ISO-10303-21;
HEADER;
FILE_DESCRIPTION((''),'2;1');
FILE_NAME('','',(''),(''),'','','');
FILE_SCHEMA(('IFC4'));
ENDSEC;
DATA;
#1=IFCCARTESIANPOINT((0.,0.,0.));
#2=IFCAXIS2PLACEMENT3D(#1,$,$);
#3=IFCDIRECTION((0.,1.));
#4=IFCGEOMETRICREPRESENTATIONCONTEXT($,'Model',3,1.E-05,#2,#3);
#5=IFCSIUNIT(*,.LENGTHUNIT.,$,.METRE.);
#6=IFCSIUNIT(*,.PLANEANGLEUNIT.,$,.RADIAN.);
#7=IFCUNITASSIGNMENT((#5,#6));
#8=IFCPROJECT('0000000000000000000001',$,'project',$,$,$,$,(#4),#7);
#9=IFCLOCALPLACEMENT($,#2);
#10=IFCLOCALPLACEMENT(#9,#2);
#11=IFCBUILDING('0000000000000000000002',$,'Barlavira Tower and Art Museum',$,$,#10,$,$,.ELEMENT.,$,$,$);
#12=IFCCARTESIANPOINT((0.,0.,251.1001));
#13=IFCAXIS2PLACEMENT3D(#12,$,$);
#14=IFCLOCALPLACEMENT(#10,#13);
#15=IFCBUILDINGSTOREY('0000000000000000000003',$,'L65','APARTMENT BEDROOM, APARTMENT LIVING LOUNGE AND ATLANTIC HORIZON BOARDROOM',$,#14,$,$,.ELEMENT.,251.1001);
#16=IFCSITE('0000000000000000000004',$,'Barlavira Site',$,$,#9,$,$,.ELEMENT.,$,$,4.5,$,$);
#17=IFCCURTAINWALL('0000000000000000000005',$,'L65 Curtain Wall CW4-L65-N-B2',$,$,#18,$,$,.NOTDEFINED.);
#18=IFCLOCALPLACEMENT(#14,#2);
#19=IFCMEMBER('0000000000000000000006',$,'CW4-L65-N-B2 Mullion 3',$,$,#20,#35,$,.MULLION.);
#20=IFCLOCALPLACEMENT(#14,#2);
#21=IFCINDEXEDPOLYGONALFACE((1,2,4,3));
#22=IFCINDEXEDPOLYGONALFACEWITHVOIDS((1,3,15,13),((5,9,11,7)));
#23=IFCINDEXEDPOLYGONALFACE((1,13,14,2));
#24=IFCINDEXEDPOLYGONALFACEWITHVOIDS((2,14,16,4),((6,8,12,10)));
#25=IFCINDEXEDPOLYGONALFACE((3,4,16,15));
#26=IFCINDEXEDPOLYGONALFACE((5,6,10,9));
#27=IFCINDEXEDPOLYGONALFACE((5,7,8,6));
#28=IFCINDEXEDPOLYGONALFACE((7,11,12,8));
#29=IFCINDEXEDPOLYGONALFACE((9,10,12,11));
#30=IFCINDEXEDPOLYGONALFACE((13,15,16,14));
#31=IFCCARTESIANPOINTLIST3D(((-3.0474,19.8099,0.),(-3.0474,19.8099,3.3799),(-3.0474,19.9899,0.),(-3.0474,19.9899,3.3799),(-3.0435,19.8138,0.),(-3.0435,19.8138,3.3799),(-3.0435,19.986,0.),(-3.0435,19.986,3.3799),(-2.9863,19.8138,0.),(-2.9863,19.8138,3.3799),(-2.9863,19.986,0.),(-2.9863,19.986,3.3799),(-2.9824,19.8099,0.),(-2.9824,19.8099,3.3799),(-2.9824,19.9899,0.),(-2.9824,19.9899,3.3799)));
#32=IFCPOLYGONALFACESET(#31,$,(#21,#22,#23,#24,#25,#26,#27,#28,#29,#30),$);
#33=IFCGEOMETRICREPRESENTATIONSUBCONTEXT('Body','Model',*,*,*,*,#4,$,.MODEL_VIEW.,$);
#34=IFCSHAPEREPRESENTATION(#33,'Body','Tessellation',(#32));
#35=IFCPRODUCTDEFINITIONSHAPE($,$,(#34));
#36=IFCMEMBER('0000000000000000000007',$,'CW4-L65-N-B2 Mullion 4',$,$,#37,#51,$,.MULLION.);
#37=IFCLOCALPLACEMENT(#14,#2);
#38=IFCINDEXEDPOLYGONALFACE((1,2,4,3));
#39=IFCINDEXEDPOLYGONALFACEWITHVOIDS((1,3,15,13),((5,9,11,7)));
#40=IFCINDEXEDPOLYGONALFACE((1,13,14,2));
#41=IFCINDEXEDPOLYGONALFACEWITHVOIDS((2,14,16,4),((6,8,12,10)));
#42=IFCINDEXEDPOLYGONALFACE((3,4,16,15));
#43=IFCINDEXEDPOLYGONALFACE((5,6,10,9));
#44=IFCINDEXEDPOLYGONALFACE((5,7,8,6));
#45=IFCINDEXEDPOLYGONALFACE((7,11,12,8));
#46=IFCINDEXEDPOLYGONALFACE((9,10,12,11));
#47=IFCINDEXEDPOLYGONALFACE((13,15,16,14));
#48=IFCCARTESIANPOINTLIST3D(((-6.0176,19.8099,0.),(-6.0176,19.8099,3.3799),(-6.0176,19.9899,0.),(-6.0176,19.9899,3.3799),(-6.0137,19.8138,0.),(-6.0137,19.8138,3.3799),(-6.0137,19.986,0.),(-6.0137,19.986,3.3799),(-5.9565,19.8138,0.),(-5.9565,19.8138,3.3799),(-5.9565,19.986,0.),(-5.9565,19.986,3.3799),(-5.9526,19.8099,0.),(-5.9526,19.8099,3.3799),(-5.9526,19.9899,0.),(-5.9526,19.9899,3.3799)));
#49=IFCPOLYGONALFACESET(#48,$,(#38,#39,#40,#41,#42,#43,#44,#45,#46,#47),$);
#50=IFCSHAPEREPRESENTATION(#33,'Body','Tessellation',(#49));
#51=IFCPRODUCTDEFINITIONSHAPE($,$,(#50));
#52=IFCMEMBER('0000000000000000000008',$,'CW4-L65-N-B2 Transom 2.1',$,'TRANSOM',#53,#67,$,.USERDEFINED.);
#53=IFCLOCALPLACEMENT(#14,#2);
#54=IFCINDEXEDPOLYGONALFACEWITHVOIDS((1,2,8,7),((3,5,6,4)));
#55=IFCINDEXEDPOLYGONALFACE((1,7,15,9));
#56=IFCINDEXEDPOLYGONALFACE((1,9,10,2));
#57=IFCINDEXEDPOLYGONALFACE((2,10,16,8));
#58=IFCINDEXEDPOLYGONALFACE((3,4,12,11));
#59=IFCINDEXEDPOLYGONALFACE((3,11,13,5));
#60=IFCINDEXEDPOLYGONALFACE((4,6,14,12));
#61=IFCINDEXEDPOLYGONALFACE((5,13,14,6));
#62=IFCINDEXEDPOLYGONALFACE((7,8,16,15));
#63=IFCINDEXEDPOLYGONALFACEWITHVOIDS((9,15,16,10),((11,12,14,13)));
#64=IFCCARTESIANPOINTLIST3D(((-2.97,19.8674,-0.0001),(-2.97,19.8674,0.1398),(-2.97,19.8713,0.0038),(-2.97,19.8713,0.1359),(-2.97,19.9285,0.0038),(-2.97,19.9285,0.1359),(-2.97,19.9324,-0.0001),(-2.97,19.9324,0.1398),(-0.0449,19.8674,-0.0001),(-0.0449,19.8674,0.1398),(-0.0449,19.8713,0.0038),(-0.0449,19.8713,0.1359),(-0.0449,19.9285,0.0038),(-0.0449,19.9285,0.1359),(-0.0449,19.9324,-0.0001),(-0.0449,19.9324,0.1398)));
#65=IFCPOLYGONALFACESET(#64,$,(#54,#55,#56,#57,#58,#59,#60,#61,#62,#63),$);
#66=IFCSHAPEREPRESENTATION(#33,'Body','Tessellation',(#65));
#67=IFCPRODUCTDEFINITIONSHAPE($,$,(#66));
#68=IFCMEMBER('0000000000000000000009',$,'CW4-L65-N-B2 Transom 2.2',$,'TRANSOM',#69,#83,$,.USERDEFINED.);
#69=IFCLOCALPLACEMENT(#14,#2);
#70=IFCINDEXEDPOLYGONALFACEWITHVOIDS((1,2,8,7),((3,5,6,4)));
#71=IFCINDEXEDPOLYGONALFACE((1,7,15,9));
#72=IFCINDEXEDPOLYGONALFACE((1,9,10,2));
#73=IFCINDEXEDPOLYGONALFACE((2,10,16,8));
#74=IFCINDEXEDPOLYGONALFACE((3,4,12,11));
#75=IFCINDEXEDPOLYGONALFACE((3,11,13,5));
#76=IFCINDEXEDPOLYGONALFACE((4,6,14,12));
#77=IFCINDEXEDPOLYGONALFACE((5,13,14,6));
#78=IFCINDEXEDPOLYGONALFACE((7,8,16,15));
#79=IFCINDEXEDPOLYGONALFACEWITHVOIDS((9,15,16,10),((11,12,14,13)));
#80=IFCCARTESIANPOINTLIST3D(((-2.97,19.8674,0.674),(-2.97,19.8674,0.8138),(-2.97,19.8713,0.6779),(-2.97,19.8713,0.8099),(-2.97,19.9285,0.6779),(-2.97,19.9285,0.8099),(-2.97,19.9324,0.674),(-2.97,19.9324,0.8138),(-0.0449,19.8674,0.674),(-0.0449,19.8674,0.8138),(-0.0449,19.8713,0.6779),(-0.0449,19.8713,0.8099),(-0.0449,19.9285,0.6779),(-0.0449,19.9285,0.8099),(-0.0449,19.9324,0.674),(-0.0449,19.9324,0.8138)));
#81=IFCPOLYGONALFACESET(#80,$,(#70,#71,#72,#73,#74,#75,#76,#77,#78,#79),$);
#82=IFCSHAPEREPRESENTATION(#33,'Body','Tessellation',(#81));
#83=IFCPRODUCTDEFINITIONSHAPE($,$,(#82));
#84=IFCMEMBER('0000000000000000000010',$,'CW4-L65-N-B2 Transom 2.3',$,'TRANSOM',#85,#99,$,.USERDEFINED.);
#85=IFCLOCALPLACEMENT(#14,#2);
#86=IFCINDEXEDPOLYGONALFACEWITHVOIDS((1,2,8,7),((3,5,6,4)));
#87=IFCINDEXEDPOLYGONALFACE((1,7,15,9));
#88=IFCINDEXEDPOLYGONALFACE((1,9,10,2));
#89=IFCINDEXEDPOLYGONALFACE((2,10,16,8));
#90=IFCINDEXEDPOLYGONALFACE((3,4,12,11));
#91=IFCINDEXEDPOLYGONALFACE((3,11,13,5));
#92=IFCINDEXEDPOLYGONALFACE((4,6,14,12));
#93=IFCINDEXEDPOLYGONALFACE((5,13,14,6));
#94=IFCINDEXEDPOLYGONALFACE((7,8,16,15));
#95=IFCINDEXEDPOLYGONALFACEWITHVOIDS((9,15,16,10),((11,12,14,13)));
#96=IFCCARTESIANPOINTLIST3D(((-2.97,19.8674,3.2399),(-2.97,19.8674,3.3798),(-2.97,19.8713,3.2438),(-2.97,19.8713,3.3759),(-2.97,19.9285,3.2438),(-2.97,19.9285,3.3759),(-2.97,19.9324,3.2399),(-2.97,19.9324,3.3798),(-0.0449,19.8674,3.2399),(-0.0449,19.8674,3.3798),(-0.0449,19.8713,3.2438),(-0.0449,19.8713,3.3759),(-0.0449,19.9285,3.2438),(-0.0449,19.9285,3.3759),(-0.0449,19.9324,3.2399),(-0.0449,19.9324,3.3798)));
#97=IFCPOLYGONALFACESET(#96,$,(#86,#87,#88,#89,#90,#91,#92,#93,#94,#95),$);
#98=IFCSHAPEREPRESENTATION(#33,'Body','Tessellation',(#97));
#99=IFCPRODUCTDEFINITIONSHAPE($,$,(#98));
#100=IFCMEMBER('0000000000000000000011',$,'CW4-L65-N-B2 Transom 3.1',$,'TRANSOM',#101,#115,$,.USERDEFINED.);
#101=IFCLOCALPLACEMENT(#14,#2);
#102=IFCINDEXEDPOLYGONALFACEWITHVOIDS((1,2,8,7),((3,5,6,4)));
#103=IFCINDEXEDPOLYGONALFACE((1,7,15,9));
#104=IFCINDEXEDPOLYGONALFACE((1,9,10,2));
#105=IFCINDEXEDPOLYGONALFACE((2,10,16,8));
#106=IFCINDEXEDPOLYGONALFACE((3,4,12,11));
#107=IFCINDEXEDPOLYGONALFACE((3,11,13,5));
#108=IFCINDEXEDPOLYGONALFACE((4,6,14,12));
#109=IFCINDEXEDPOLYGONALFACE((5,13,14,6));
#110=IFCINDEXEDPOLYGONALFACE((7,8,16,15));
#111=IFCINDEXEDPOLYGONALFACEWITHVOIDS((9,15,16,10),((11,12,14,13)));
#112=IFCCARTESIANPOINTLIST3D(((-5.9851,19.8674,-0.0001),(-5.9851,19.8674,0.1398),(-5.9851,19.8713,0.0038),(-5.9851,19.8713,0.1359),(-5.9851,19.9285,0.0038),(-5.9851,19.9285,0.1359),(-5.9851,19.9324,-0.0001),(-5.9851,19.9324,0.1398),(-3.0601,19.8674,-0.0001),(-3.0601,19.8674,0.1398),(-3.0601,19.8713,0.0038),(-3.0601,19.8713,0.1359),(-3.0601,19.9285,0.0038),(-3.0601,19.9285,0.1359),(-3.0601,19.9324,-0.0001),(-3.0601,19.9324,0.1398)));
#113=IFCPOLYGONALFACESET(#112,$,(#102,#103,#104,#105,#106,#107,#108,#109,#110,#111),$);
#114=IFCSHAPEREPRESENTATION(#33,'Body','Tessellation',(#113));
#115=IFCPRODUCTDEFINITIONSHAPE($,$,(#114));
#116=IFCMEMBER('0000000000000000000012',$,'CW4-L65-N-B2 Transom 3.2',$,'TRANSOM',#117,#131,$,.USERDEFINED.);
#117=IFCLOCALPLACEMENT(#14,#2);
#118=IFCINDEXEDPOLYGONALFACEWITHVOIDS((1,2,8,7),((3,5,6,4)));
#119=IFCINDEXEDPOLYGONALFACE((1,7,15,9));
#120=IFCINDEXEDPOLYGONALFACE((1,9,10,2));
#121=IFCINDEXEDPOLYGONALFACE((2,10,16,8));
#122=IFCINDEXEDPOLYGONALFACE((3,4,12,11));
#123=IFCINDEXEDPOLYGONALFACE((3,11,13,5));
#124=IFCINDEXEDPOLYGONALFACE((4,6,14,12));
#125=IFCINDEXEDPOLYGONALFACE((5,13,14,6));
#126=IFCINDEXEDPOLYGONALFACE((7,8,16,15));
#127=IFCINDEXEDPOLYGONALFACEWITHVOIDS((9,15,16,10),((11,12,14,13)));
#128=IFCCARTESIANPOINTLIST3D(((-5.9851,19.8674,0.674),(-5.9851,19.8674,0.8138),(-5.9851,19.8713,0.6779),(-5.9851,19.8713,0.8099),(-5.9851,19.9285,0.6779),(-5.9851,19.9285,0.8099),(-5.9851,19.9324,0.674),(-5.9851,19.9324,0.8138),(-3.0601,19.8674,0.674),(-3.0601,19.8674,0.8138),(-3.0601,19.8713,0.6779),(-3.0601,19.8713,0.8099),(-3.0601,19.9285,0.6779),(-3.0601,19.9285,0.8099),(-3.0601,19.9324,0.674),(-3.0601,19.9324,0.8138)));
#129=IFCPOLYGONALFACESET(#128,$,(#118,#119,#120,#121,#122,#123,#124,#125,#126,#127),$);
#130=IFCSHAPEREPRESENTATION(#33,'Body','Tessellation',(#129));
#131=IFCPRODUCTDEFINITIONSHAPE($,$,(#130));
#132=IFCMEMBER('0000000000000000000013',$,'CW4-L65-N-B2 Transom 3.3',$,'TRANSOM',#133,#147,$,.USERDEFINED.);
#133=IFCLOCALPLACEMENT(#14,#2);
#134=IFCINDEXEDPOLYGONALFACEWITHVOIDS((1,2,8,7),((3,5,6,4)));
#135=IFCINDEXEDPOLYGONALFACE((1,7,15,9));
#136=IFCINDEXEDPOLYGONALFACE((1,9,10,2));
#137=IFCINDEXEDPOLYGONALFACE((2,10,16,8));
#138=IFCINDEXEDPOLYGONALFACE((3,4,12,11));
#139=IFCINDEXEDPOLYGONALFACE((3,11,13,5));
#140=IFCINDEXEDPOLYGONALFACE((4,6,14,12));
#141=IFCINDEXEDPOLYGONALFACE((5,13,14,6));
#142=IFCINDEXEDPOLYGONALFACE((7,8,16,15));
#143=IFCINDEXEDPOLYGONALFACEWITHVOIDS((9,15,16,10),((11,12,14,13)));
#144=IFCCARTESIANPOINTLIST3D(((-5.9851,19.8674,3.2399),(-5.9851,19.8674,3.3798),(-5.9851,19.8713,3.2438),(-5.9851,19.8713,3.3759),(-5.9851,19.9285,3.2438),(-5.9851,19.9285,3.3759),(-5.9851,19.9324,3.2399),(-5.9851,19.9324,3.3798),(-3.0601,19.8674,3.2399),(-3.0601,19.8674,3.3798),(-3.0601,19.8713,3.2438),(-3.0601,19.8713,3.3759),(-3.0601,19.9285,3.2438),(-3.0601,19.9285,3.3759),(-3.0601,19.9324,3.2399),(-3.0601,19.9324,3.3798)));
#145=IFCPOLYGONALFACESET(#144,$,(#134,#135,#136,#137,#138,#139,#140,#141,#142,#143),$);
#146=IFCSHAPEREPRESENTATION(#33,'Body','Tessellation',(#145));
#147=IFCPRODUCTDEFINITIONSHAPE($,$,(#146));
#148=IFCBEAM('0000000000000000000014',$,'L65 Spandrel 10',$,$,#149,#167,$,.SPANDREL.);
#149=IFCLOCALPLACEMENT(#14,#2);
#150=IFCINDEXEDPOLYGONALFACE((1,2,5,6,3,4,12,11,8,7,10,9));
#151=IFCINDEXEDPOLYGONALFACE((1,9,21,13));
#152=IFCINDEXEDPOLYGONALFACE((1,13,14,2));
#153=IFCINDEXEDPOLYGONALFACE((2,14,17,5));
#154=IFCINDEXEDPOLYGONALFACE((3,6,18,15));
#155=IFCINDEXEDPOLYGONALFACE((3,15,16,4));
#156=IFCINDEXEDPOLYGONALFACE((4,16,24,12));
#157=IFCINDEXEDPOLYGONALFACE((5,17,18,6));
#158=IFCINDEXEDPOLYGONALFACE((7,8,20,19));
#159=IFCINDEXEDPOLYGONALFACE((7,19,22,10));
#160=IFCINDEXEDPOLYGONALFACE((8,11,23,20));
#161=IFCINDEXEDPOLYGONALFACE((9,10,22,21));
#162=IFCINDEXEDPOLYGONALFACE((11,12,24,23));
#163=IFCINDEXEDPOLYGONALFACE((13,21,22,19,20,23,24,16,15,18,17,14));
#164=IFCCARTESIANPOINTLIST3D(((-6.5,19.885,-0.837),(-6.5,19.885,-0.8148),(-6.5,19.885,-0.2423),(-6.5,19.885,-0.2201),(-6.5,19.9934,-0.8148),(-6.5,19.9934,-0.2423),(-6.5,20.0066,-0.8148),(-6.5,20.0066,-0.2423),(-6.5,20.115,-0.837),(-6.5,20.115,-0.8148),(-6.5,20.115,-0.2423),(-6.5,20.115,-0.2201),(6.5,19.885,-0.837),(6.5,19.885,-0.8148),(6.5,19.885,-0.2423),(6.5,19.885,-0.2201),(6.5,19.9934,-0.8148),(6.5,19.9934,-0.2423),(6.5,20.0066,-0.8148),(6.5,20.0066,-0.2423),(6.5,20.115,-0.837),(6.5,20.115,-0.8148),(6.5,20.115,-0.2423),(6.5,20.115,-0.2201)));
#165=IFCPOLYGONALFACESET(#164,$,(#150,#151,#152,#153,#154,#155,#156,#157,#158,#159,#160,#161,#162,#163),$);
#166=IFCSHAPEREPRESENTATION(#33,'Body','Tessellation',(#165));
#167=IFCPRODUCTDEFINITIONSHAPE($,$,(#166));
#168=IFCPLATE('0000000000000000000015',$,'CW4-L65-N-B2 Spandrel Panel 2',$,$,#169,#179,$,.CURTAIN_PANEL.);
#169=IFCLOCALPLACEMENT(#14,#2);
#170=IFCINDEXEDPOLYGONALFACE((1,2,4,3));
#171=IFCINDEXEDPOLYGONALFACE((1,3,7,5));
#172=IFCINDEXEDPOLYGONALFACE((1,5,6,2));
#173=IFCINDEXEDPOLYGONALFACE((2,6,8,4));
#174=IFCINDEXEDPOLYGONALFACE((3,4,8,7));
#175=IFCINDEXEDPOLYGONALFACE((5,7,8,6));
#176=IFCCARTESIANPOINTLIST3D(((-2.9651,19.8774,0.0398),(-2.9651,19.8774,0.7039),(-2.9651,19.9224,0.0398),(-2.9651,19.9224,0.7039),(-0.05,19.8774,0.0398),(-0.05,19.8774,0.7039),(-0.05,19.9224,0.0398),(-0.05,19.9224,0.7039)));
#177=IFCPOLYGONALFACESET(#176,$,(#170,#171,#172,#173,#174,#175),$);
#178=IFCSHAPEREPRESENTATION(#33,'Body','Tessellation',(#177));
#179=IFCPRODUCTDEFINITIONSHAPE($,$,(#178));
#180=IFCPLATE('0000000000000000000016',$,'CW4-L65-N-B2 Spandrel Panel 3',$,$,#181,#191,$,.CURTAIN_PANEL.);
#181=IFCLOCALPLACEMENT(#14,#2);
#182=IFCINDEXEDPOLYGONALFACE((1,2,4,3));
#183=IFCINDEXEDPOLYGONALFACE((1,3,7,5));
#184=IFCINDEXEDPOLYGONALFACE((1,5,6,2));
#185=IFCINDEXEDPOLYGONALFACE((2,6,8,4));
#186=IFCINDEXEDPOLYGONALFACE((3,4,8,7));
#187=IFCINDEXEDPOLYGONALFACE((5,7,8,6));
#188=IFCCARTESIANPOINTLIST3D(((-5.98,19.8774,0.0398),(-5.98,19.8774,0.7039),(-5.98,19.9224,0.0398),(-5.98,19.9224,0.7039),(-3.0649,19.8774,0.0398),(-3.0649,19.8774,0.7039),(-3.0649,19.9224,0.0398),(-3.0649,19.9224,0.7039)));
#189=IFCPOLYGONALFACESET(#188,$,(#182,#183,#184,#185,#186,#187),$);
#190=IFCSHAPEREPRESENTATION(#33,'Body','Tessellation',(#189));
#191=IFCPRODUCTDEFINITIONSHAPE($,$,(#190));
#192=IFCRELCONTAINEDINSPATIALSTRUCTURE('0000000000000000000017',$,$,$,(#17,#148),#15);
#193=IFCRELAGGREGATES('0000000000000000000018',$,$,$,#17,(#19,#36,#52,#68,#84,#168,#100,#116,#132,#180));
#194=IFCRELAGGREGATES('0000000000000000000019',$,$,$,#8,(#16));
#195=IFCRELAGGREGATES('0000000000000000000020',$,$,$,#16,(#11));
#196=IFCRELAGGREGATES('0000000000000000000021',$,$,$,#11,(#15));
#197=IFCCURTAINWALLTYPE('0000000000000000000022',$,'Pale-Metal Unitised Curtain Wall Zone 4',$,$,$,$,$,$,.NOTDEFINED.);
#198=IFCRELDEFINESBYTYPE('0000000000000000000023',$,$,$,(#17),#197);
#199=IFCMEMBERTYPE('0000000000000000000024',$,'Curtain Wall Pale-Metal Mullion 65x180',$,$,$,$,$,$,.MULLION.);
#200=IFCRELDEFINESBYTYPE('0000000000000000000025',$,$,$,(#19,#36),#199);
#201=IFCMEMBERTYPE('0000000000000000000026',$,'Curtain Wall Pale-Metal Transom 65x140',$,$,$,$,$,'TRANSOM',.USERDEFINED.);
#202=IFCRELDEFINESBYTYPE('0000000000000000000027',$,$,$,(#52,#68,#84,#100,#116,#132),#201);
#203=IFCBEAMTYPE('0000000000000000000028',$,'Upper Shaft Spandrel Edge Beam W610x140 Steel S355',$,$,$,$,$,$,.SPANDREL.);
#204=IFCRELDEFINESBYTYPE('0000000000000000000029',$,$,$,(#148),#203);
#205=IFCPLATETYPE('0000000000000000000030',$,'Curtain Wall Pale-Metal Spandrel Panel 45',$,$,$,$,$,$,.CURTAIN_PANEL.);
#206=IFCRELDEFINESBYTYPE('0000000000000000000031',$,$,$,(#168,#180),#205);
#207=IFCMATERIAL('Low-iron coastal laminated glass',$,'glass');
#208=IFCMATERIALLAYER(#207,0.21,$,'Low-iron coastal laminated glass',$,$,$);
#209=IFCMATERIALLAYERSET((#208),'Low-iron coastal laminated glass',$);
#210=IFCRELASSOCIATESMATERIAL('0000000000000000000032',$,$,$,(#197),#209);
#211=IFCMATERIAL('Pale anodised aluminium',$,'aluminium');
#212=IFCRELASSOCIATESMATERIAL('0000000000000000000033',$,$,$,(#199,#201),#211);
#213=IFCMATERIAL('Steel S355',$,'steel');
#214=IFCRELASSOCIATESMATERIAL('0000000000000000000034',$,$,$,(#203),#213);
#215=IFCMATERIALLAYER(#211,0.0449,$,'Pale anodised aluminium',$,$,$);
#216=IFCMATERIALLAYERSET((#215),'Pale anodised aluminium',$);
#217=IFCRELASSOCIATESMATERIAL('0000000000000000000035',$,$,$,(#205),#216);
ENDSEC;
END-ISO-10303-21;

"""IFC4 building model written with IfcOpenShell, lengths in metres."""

from ifc_helpers import new_model, si_unit, direction, frame, origin, origin_2d, place, context, subcontext, project, spatial, rectangle, hollow_rectangle, i_section, extrude, material, layer, layer_set, material_profile, profile_set, type_object, element, aggregate, save


model = new_model("IFC4")

# Units and contexts
model_context = context("Model", 3, precision=1e-05, world=origin(), true_north=direction((0.0, 1.0)))
body_context = subcontext(model_context, "Body", "Model", "MODEL_VIEW")
ifc_project = project(units=[si_unit("LENGTHUNIT", "METRE"), si_unit("PLANEANGLEUNIT", "RADIAN")], contexts=[model_context])

# Site, building, storey
site_placement = place(None, origin())
site = spatial("IfcSite", under=ifc_project, at=site_placement, Name="Barlavira Site", CompositionType="ELEMENT", RefElevation=4.5)
building_placement = place(site_placement, origin())
building = spatial("IfcBuilding", under=site, at=building_placement, Name="Barlavira Tower and Art Museum", CompositionType="ELEMENT")
storey_placement = place(building_placement, frame((0.0, 0.0, 251.1001)))
storey = spatial("IfcBuildingStorey", under=building, at=storey_placement, Name="L65", Description="APARTMENT BEDROOM, APARTMENT LIVING LOUNGE AND ATLANTIC HORIZON BOARDROOM", CompositionType="ELEMENT", Elevation=251.1001)

# Curtain wall, members
ifc_material_1 = material(Name="Low-iron coastal laminated glass", Category="glass")
ifc_layer_1 = layer(ifc_material_1, 0.21, Name="Low-iron coastal laminated glass")
ifc_layer_set_1 = layer_set([ifc_layer_1], Name="Low-iron coastal laminated glass")
curtain_wall_type = type_object("IfcCurtainWallType", Name="Pale-Metal Unitised Curtain Wall Zone 4", PredefinedType="NOTDEFINED", material=ifc_layer_set_1)
curtain_wall_placement = place(storey_placement, origin())
curtain_wall = element("IfcCurtainWall", 1, at=curtain_wall_placement, inside=storey, type_object=curtain_wall_type, Name="L65 Curtain Wall CW4-L65-N-B2", PredefinedType="NOTDEFINED")
ifc_material_2 = material(Name="Pale anodised aluminium", Category="aluminium")
ifc_material_profile_1 = material_profile(ifc_material_2, hollow_rectangle(XDim=0.0649, YDim=0.1799, WallThickness=0.0039, at=origin_2d()), Name="ALU-MULL 65x180x4")
ifc_profile_set_1 = profile_set([ifc_material_profile_1], Name="Pale anodised aluminium")
member_type_1 = type_object("IfcMemberType", Name="Curtain Wall Pale-Metal Mullion 65x180", PredefinedType="MULLION", material=ifc_profile_set_1)
member_1_placement = place(storey_placement, frame((-3.0149, 19.8999, 0.0), z_axis=(0.0, 0.0, 1.0), x_axis=(-1.0, 0.0, 0.0)))
member_1 = element("IfcMember", 2, at=member_1_placement, type_object=member_type_1, Name="CW4-L65-N-B2 Mullion 3", PredefinedType="MULLION", context=body_context, shape_type="SweptSolid", body=[
    extrude(hollow_rectangle(XDim=0.0649, YDim=0.1799, WallThickness=0.0039, at=origin_2d()), origin(), (0.0, 0.0, 1.0), 3.3799),
])
member_2_placement = place(storey_placement, frame((-5.9851, 19.8999, 0.0), z_axis=(0.0, 0.0, 1.0), x_axis=(-1.0, 0.0, 0.0)))
member_2 = element("IfcMember", 3, at=member_2_placement, type_object=member_type_1, Name="CW4-L65-N-B2 Mullion 4", PredefinedType="MULLION", context=body_context, shape_type="SweptSolid", body=[
    extrude(hollow_rectangle(XDim=0.0649, YDim=0.1799, WallThickness=0.0039, at=origin_2d()), origin(), (0.0, 0.0, 1.0), 3.3799),
])
ifc_material_profile_2 = material_profile(ifc_material_2, hollow_rectangle(XDim=0.0649, YDim=0.1399, WallThickness=0.0039, at=origin_2d()), Name="ALU-TRAN 65x140x4")
ifc_profile_set_2 = profile_set([ifc_material_profile_2], Name="Pale anodised aluminium")
member_type_2 = type_object("IfcMemberType", Name="Curtain Wall Pale-Metal Transom 65x140", ElementType="TRANSOM", PredefinedType="USERDEFINED", material=ifc_profile_set_2)
member_3_placement = place(storey_placement, frame((-0.0449, 19.8999, 0.0698), z_axis=(-1.0, 0.0, 0.0), x_axis=(0.0, -1.0, 0.0)))
member_3 = element("IfcMember", 4, at=member_3_placement, type_object=member_type_2, Name="CW4-L65-N-B2 Transom 2.1", ObjectType="TRANSOM", PredefinedType="USERDEFINED", context=body_context, shape_type="SweptSolid", body=[
    extrude(hollow_rectangle(XDim=0.0649, YDim=0.1399, WallThickness=0.0039, at=origin_2d()), origin(), (0.0, 0.0, 1.0), 2.925),
])
member_4_placement = place(storey_placement, frame((-0.0449, 19.8999, 0.7439), z_axis=(-1.0, 0.0, 0.0), x_axis=(0.0, -1.0, 0.0)))
member_4 = element("IfcMember", 5, at=member_4_placement, type_object=member_type_2, Name="CW4-L65-N-B2 Transom 2.2", ObjectType="TRANSOM", PredefinedType="USERDEFINED", context=body_context, shape_type="SweptSolid", body=[
    extrude(hollow_rectangle(XDim=0.0649, YDim=0.1399, WallThickness=0.0039, at=origin_2d()), origin(), (0.0, 0.0, 1.0), 2.925),
])
member_5_placement = place(storey_placement, frame((-0.0449, 19.8999, 3.3098), z_axis=(-1.0, 0.0, 0.0), x_axis=(0.0, -1.0, 0.0)))
member_5 = element("IfcMember", 6, at=member_5_placement, type_object=member_type_2, Name="CW4-L65-N-B2 Transom 2.3", ObjectType="TRANSOM", PredefinedType="USERDEFINED", context=body_context, shape_type="SweptSolid", body=[
    extrude(hollow_rectangle(XDim=0.0649, YDim=0.1399, WallThickness=0.0039, at=origin_2d()), origin(), (0.0, 0.0, 1.0), 2.925),
])
member_6_placement = place(storey_placement, frame((-3.0601, 19.8999, 0.0698), z_axis=(-1.0, 0.0, 0.0), x_axis=(0.0, -1.0, 0.0)))
member_6 = element("IfcMember", 7, at=member_6_placement, type_object=member_type_2, Name="CW4-L65-N-B2 Transom 3.1", ObjectType="TRANSOM", PredefinedType="USERDEFINED", context=body_context, shape_type="SweptSolid", body=[
    extrude(hollow_rectangle(XDim=0.0649, YDim=0.1399, WallThickness=0.0039, at=origin_2d()), origin(), (0.0, 0.0, 1.0), 2.925),
])
member_7_placement = place(storey_placement, frame((-3.0601, 19.8999, 0.7439), z_axis=(-1.0, 0.0, 0.0), x_axis=(0.0, -1.0, 0.0)))
member_7 = element("IfcMember", 8, at=member_7_placement, type_object=member_type_2, Name="CW4-L65-N-B2 Transom 3.2", ObjectType="TRANSOM", PredefinedType="USERDEFINED", context=body_context, shape_type="SweptSolid", body=[
    extrude(hollow_rectangle(XDim=0.0649, YDim=0.1399, WallThickness=0.0039, at=origin_2d()), origin(), (0.0, 0.0, 1.0), 2.925),
])
member_8_placement = place(storey_placement, frame((-3.0601, 19.8999, 3.3098), z_axis=(-1.0, 0.0, 0.0), x_axis=(0.0, -1.0, 0.0)))
member_8 = element("IfcMember", 9, at=member_8_placement, type_object=member_type_2, Name="CW4-L65-N-B2 Transom 3.3", ObjectType="TRANSOM", PredefinedType="USERDEFINED", context=body_context, shape_type="SweptSolid", body=[
    extrude(hollow_rectangle(XDim=0.0649, YDim=0.1399, WallThickness=0.0039, at=origin_2d()), origin(), (0.0, 0.0, 1.0), 2.925),
])

# Beam
ifc_material_3 = material(Name="Steel S355", Category="steel")
ifc_material_profile_3 = material_profile(ifc_material_3, i_section(OverallWidth=0.23, OverallDepth=0.6169, WebThickness=0.0132, FlangeThickness=0.0222, at=origin_2d()), Name="W610x140.0")
ifc_profile_set_3 = profile_set([ifc_material_profile_3], Name="Steel S355")
beam_type = type_object("IfcBeamType", Name="Upper Shaft Spandrel Edge Beam W610x140 Steel S355", PredefinedType="SPANDREL", material=ifc_profile_set_3)
beam_placement = place(storey_placement, frame((-6.5, 20.0, -0.5286), z_axis=(1.0, 0.0, 0.0), x_axis=(0.0, 1.0, 0.0)))
element("IfcBeam", 10, at=beam_placement, inside=storey, type_object=beam_type, Name="L65 Spandrel 10", PredefinedType="SPANDREL", context=body_context, shape_type="SweptSolid", body=[
    extrude(i_section(OverallWidth=0.23, OverallDepth=0.6169, WebThickness=0.0132, FlangeThickness=0.0222, at=origin_2d()), origin(), (0.0, 0.0, 1.0), 13.0),
])

# Plates
ifc_layer_2 = layer(ifc_material_2, 0.0449, Name="Pale anodised aluminium")
ifc_layer_set_2 = layer_set([ifc_layer_2], Name="Pale anodised aluminium")
plate_type_1 = type_object("IfcPlateType", Name="Curtain Wall Pale-Metal Spandrel Panel 45", PredefinedType="CURTAIN_PANEL", material=ifc_layer_set_2)
plate_1_placement = place(storey_placement, frame((-1.5076, 19.8999, 0.0398), z_axis=(0.0, 0.0, 1.0), x_axis=(-1.0, 0.0, 0.0)))
plate_1 = element("IfcPlate", 11, at=plate_1_placement, type_object=plate_type_1, Name="CW4-L65-N-B2 Spandrel Panel 2", PredefinedType="CURTAIN_PANEL", context=body_context, shape_type="SweptSolid", body=[
    extrude(rectangle(XDim=2.915, YDim=0.0449, at=origin_2d()), origin(), (0.0, 0.0, 1.0), 0.6641),
])
plate_2_placement = place(storey_placement, frame((-4.5225, 19.8999, 0.0398), z_axis=(0.0, 0.0, 1.0), x_axis=(-1.0, 0.0, 0.0)))
plate_2 = element("IfcPlate", 12, at=plate_2_placement, type_object=plate_type_1, Name="CW4-L65-N-B2 Spandrel Panel 3", PredefinedType="CURTAIN_PANEL", context=body_context, shape_type="SweptSolid", body=[
    extrude(rectangle(XDim=2.915, YDim=0.0449, at=origin_2d()), origin(), (0.0, 0.0, 1.0), 0.6641),
])
aggregate(curtain_wall, [member_1, member_2, member_3, member_4, member_5, plate_1, member_6, member_7, member_8, plate_2])

save(model, "model.ifc")
